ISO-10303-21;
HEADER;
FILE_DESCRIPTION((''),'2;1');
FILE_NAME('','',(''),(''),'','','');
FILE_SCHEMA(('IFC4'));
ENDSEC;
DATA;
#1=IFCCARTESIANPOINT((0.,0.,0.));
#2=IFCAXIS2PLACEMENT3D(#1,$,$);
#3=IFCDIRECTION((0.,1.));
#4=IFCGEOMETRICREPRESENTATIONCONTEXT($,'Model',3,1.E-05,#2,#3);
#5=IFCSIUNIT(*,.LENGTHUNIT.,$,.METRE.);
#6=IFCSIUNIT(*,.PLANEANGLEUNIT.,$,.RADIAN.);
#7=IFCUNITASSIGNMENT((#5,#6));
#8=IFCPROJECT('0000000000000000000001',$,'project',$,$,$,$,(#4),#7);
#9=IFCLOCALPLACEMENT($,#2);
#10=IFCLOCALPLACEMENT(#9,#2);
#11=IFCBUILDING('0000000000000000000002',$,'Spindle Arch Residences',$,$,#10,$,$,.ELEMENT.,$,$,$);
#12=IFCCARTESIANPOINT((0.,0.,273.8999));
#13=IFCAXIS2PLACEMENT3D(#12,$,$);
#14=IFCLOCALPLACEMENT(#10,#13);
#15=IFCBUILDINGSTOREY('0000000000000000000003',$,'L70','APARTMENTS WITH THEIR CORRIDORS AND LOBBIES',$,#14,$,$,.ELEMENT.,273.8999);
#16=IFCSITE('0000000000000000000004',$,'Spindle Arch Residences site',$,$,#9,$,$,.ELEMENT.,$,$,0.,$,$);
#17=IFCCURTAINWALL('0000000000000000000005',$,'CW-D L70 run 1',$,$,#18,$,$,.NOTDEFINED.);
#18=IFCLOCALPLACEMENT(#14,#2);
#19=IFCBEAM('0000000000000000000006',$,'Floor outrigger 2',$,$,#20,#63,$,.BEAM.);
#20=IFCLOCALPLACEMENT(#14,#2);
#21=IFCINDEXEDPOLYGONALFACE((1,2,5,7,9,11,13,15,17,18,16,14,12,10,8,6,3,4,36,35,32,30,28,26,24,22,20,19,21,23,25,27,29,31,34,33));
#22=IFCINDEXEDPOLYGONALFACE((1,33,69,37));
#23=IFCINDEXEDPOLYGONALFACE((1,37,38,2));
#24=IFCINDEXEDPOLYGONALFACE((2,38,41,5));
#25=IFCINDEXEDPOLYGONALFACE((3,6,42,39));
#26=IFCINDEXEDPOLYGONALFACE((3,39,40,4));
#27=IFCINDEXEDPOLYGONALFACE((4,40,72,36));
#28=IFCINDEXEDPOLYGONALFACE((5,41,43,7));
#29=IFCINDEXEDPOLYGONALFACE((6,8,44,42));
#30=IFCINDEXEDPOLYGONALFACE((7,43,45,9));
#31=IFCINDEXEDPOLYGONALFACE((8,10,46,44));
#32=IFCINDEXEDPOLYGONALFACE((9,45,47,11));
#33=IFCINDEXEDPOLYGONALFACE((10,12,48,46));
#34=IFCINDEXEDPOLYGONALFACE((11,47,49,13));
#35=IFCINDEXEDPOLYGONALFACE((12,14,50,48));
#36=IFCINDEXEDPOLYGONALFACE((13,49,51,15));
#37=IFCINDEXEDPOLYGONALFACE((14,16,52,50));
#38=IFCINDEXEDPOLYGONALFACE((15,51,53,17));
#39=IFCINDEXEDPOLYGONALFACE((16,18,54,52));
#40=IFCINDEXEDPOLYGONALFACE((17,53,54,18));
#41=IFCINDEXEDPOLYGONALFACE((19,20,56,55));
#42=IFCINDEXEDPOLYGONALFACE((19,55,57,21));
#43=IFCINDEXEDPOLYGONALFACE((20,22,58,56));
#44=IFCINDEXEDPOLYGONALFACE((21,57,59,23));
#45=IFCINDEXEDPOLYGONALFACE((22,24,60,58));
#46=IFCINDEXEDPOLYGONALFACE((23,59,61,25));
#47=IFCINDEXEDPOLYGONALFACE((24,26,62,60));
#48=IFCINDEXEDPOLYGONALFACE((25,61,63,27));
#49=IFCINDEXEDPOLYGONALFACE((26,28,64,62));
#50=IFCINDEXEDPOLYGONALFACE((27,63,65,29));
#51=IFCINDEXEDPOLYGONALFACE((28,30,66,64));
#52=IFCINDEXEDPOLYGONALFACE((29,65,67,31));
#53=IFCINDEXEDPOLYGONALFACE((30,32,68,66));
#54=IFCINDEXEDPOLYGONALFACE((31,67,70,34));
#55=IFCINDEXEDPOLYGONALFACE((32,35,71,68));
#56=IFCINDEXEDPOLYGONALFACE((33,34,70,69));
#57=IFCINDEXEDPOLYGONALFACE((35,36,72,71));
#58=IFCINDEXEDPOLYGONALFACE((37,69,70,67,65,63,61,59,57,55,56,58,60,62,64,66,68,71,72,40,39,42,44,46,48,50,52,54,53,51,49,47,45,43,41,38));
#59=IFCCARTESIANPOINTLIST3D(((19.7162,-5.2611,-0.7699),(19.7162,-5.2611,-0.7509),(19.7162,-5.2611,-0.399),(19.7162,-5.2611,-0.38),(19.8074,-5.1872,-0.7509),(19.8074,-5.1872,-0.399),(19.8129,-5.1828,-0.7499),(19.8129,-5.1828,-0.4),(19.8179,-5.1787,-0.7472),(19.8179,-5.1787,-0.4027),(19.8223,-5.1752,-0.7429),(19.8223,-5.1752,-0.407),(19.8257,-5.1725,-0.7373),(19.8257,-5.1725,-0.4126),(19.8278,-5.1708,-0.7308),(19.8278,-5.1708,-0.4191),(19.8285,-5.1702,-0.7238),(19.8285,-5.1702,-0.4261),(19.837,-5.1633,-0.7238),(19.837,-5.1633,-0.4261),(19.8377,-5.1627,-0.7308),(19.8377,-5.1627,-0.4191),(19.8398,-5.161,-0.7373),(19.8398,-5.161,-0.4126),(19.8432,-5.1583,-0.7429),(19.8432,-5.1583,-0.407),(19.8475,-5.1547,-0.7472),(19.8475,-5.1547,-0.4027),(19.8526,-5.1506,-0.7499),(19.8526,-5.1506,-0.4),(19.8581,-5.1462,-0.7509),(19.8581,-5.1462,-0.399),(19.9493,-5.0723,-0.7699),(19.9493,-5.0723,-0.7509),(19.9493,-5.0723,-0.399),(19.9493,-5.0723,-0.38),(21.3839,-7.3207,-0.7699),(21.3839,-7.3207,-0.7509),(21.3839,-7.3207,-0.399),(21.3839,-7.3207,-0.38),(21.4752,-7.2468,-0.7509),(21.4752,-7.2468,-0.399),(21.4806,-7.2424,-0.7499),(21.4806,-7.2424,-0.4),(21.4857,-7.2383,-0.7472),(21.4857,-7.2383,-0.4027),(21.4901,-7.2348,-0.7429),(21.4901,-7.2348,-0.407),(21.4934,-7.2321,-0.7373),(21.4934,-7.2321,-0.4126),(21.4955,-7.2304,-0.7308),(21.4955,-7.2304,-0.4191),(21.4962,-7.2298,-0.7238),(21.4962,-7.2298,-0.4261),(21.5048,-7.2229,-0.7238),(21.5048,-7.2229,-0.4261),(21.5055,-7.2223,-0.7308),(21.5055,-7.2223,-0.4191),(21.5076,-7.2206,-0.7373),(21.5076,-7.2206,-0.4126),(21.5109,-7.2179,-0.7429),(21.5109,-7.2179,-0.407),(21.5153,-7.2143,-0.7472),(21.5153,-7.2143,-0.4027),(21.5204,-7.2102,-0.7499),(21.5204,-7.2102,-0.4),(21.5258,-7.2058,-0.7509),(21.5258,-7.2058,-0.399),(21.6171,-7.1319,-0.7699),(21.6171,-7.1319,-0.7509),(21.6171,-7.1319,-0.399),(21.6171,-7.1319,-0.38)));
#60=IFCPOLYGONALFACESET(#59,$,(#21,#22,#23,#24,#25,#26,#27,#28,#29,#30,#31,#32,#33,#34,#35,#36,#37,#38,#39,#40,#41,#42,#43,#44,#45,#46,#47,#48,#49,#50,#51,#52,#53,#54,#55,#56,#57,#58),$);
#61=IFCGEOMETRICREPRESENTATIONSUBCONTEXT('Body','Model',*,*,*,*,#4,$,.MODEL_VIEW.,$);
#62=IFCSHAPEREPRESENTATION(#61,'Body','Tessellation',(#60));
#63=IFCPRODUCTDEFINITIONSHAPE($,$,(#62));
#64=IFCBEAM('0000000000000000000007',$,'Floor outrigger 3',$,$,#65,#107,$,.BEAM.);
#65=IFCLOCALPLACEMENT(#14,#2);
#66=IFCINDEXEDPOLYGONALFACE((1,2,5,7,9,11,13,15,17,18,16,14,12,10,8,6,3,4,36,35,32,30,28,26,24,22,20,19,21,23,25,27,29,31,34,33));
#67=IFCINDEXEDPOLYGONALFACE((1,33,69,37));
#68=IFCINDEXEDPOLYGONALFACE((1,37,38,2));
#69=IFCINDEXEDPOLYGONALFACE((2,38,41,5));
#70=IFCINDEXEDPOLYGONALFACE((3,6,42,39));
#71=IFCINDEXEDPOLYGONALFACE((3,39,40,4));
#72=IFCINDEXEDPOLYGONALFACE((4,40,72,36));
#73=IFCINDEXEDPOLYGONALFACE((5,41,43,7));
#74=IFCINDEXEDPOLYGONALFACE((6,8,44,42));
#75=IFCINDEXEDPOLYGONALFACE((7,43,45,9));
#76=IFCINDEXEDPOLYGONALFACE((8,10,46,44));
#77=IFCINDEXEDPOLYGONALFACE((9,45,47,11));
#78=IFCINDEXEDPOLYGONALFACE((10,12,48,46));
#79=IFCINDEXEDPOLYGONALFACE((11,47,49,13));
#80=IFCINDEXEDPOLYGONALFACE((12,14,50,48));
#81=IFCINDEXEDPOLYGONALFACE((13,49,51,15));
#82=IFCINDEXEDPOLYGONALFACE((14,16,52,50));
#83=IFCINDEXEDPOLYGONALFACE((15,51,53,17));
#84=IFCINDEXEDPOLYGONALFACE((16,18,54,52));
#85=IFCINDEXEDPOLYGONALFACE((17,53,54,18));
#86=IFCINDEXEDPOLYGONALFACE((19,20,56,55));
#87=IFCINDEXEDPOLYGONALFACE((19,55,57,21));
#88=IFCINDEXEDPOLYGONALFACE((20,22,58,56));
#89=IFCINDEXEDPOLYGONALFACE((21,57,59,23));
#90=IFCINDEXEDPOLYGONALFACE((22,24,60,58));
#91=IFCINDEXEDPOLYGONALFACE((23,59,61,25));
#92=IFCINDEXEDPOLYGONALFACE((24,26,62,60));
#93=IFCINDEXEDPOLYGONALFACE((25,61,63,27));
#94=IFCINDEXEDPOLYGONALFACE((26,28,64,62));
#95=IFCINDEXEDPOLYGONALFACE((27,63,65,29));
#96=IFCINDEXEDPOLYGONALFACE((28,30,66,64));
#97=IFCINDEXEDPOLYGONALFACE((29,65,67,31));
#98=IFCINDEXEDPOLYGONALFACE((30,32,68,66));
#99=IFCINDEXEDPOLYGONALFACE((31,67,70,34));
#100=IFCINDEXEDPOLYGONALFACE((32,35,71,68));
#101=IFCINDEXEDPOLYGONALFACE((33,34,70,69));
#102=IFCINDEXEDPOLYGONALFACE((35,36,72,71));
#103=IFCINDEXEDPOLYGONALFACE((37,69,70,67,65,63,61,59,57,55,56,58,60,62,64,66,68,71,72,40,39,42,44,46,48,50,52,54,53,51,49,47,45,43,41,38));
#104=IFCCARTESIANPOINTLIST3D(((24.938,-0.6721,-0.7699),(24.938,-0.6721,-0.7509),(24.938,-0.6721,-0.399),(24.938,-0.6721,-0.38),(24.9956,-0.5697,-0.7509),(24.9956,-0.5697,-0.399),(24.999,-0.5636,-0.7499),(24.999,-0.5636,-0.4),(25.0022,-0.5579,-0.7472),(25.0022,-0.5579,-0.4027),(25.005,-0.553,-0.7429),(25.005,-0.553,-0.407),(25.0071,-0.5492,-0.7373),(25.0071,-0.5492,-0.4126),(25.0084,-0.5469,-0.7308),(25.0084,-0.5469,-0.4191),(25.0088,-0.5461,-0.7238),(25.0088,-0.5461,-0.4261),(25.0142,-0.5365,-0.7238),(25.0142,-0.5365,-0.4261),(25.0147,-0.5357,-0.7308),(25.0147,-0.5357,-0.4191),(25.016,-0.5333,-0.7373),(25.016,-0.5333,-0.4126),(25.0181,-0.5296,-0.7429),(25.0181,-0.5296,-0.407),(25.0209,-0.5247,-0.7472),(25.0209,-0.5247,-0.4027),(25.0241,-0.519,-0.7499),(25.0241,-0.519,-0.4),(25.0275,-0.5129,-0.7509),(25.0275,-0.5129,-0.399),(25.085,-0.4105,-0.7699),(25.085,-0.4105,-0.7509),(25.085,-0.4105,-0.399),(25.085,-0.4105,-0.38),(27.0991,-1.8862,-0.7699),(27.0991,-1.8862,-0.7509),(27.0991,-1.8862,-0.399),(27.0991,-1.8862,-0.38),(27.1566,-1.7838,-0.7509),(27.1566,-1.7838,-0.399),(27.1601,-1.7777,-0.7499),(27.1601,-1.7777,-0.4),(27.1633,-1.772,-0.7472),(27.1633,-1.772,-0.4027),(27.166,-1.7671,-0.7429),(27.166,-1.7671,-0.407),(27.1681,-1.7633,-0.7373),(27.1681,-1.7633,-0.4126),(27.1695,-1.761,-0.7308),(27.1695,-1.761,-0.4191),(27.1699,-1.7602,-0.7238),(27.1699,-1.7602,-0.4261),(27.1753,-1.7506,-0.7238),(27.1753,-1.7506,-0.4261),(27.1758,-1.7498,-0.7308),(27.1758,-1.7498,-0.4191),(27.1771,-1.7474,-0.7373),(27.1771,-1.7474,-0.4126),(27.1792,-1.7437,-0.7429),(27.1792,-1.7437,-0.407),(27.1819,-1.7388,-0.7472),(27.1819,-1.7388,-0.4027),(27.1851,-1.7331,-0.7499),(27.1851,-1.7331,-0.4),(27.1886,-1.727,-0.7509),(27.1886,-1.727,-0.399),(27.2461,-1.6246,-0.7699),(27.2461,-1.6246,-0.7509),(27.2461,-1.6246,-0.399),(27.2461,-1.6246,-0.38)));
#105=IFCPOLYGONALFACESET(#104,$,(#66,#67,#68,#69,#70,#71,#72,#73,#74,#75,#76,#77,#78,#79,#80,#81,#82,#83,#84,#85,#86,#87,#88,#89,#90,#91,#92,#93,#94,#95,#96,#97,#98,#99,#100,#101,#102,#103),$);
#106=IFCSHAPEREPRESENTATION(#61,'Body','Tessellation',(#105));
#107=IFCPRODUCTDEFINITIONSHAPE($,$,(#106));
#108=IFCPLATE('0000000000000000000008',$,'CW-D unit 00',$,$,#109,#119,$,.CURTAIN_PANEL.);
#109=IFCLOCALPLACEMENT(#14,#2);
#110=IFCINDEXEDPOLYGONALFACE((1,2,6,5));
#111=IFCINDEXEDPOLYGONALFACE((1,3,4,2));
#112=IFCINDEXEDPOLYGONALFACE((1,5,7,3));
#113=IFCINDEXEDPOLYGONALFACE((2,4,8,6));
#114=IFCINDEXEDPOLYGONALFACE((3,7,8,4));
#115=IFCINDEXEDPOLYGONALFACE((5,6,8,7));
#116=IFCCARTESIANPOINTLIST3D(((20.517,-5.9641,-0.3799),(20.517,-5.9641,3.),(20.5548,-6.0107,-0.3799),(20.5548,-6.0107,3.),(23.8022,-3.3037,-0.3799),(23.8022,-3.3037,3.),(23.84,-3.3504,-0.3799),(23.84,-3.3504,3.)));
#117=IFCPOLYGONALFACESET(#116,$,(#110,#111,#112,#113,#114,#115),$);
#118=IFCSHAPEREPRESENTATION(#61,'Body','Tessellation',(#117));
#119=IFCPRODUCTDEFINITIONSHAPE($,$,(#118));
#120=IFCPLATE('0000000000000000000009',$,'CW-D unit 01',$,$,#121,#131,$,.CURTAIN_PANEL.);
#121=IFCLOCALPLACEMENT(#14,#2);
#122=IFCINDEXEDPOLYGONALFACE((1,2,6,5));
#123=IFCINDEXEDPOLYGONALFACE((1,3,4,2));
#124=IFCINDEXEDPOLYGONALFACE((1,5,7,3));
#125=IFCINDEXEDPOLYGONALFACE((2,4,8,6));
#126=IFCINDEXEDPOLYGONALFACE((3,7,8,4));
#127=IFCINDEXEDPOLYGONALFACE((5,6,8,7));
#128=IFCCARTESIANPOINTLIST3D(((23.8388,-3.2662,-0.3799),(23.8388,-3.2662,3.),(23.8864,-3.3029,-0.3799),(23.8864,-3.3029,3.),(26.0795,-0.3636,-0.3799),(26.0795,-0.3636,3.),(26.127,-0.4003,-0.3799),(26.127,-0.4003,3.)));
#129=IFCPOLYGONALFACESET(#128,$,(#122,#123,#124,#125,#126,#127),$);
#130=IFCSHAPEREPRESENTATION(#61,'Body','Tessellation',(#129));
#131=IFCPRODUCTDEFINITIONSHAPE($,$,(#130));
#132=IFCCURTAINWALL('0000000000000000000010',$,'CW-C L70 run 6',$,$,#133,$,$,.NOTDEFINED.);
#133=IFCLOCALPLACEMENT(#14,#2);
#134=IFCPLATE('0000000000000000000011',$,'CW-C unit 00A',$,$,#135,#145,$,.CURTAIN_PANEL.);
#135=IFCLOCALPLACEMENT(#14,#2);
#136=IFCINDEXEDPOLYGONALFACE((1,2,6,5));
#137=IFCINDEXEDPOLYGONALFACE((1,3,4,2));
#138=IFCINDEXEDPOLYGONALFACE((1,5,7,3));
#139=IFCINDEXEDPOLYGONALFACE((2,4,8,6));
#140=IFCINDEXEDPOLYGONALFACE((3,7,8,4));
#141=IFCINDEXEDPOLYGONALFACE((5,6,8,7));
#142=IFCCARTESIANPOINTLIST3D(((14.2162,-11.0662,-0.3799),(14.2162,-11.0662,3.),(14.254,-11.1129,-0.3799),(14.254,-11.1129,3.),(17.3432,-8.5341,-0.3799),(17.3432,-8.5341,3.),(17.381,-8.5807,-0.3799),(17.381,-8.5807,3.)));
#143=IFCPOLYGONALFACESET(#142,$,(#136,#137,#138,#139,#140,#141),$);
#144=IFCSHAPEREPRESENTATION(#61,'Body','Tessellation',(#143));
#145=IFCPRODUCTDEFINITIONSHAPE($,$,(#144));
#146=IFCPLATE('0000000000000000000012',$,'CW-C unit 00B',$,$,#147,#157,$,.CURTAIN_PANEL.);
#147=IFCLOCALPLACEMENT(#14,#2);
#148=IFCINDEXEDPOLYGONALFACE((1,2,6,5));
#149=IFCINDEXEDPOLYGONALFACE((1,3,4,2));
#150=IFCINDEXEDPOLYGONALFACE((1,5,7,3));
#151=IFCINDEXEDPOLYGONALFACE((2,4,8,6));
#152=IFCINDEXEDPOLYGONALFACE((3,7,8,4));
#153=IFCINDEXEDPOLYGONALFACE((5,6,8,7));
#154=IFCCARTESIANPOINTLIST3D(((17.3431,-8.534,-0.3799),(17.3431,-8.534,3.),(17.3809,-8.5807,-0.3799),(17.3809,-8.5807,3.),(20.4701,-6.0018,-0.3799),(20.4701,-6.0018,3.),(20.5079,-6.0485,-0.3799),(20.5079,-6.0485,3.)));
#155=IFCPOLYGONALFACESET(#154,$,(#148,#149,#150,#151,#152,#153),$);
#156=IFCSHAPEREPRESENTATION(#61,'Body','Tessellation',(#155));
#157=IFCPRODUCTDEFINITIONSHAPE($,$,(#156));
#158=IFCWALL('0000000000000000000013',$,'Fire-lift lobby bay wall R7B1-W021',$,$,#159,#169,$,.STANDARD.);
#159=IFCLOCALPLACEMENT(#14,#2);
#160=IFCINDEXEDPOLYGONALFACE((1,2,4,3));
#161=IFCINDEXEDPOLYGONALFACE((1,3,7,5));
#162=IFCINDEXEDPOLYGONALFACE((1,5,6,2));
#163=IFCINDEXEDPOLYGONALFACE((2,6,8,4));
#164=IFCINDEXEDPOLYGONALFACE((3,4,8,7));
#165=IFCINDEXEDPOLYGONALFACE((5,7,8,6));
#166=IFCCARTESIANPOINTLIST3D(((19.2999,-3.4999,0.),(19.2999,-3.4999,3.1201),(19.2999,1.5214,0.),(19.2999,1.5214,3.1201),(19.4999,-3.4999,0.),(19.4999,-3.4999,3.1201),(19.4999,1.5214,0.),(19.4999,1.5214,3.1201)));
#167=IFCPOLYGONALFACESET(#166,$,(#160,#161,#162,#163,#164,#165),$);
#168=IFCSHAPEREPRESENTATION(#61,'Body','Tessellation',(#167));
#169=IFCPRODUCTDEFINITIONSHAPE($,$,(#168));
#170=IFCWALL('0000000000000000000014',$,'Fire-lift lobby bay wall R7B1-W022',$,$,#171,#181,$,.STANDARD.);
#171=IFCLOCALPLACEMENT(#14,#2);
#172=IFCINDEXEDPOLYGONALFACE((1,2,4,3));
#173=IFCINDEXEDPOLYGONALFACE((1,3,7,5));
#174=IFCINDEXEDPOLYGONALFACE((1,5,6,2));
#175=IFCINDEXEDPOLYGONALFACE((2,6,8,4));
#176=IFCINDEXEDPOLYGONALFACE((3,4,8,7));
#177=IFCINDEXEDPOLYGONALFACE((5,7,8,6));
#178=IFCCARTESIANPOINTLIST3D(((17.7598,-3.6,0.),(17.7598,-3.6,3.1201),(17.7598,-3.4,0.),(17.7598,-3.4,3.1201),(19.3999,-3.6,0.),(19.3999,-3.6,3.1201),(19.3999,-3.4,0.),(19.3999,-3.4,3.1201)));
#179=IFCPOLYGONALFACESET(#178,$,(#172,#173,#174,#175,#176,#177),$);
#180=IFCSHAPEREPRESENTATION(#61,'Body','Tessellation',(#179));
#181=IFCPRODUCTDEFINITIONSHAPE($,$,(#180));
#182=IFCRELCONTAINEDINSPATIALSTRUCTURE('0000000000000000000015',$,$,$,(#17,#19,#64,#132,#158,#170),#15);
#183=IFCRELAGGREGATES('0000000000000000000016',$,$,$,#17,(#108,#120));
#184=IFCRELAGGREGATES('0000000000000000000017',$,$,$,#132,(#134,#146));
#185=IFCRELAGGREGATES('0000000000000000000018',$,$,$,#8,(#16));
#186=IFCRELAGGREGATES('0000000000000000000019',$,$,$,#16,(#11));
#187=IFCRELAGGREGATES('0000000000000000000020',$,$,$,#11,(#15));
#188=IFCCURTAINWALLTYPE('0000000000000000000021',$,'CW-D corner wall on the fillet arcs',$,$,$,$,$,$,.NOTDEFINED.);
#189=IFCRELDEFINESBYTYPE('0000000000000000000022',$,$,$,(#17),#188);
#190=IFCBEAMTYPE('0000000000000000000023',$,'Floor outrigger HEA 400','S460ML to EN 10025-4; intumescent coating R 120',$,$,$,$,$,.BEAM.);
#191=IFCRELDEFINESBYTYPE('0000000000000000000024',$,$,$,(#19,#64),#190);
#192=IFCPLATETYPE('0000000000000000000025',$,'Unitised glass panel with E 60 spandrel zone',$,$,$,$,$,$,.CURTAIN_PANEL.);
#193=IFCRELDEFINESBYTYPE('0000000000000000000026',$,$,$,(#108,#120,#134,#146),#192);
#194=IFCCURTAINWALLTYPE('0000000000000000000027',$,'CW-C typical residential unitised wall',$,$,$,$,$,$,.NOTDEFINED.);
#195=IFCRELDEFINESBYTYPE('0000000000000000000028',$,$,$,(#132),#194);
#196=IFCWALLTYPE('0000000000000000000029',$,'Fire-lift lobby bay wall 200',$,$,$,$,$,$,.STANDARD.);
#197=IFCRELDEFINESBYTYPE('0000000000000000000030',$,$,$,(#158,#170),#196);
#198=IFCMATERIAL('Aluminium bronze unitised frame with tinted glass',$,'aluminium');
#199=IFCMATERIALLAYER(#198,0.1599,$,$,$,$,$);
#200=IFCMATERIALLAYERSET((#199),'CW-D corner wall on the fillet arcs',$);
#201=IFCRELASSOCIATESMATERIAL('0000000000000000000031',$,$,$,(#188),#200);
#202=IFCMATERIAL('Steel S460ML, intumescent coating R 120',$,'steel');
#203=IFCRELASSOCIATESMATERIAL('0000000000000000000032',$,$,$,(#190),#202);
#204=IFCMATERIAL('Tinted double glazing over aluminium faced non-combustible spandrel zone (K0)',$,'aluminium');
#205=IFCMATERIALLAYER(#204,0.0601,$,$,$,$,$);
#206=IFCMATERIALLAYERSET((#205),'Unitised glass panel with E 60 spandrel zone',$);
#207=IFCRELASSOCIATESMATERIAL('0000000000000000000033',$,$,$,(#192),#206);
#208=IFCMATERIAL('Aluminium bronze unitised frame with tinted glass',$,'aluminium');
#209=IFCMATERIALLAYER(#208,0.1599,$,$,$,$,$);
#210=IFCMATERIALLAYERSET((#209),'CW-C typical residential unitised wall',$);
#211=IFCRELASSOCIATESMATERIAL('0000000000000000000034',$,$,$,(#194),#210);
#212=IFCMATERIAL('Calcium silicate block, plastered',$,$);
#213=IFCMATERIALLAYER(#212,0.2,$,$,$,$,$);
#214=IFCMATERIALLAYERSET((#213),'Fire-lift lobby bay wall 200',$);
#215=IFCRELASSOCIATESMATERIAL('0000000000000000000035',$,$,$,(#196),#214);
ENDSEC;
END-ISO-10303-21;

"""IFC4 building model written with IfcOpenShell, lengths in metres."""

from ifc_helpers import new_model, si_unit, direction, frame, frame_2d, origin, origin_2d, place, context, subcontext, project, spatial, rectangle, i_section, extrude, material, layer, layer_set, material_profile, profile_set, type_object, element, aggregate, save


model = new_model("IFC4")

# Units and contexts
model_context = context("Model", 3, precision=1e-05, world=origin(), true_north=direction((0.0, 1.0)))
body_context = subcontext(model_context, "Body", "Model", "MODEL_VIEW")
ifc_project = project(units=[si_unit("LENGTHUNIT", "METRE"), si_unit("PLANEANGLEUNIT", "RADIAN")], contexts=[model_context])

# Site, building, storey
site_placement = place(None, origin())
site = spatial("IfcSite", under=ifc_project, at=site_placement, Name="Spindle Arch Residences site", CompositionType="ELEMENT", RefElevation=0.0)
building_placement = place(site_placement, origin())
building = spatial("IfcBuilding", under=site, at=building_placement, Name="Spindle Arch Residences", CompositionType="ELEMENT")
storey_placement = place(building_placement, frame((0.0, 0.0, 273.8999)))
storey = spatial("IfcBuildingStorey", under=building, at=storey_placement, Name="L70", Description="APARTMENTS WITH THEIR CORRIDORS AND LOBBIES", CompositionType="ELEMENT", Elevation=273.8999)

# Curtain wall
ifc_material_1 = material(Name="Aluminium bronze unitised frame with tinted glass", Category="aluminium")
ifc_layer_1 = layer(ifc_material_1, 0.1599)
ifc_layer_set_1 = layer_set([ifc_layer_1], Name="CW-D corner wall on the fillet arcs")
curtain_wall_type_1 = type_object("IfcCurtainWallType", Name="CW-D corner wall on the fillet arcs", PredefinedType="NOTDEFINED", material=ifc_layer_set_1)
curtain_wall_1_placement = place(storey_placement, origin())
curtain_wall_1 = element("IfcCurtainWall", 1, at=curtain_wall_1_placement, inside=storey, type_object=curtain_wall_type_1, Name="CW-D L70 run 1", PredefinedType="NOTDEFINED")

# Beams
ifc_material_2 = material(Name="Steel S460ML, intumescent coating R 120", Category="steel")
ifc_material_profile_1 = material_profile(ifc_material_2, i_section(OverallWidth=0.3, OverallDepth=0.3899, WebThickness=0.011, FlangeThickness=0.019, FilletRadius=0.0271, at=origin_2d()), Name="HEA 400")
ifc_profile_set_1 = profile_set([ifc_material_profile_1], Name="Steel S460ML, intumescent coating R 120")
beam_type_1 = type_object("IfcBeamType", Name="Floor outrigger HEA 400", Description="S460ML to EN 10025-4; intumescent coating R 120", PredefinedType="BEAM", material=ifc_profile_set_1)
beam_1_placement = place(storey_placement, frame((21.5005, -7.2263, -0.575), z_axis=(-0.629302, 0.777161, 0.0), x_axis=(-0.777161, -0.629302, 0.0)))
element("IfcBeam", 2, at=beam_1_placement, inside=storey, type_object=beam_type_1, Name="Floor outrigger 2", PredefinedType="BEAM", context=body_context, shape_type="SweptSolid", body=[
    extrude(i_section(OverallWidth=0.3, OverallDepth=0.3899, WebThickness=0.011, FlangeThickness=0.019, FilletRadius=0.0271, at=origin_2d()), origin(), (0.0, 0.0, 1.0), 2.6501),
])
beam_2_placement = place(storey_placement, frame((27.1726, -1.7554, -0.575), z_axis=(-0.871838, 0.489794, 0.0), x_axis=(-0.489794, -0.871838, 0.0)))
element("IfcBeam", 3, at=beam_2_placement, inside=storey, type_object=beam_type_1, Name="Floor outrigger 3", PredefinedType="BEAM", context=body_context, shape_type="SweptSolid", body=[
    extrude(i_section(OverallWidth=0.3, OverallDepth=0.3899, WebThickness=0.011, FlangeThickness=0.019, FilletRadius=0.0271, at=origin_2d()), origin(), (0.0, 0.0, 1.0), 2.4788),
])

# Plates
ifc_material_3 = material(Name="Tinted double glazing over aluminium faced non-combustible spandrel zone (K0)", Category="aluminium")
ifc_layer_2 = layer(ifc_material_3, 0.0601)
ifc_layer_set_2 = layer_set([ifc_layer_2], Name="Unitised glass panel with E 60 spandrel zone")
plate_type = type_object("IfcPlateType", Name="Unitised glass panel with E 60 spandrel zone", PredefinedType="CURTAIN_PANEL", material=ifc_layer_set_2)
plate_1_placement = place(storey_placement, frame((22.1785, -4.6572, -0.3799), z_axis=(0.0, 0.0, 1.0), x_axis=(0.777146, 0.62932, 0.0)))
plate_1 = element("IfcPlate", 4, at=plate_1_placement, type_object=plate_type, Name="CW-D unit 00", PredefinedType="CURTAIN_PANEL", context=body_context, shape_type="SweptSolid", body=[
    extrude(rectangle(XDim=4.2273, YDim=0.0601, at=origin_2d()), origin(), (0.0, 0.0, 1.0), 3.3799),
])
plate_2_placement = place(storey_placement, frame((24.9829, -1.8333, -0.3799), z_axis=(0.0, 0.0, 1.0), x_axis=(0.611067, 0.791579, 0.0)))
plate_2 = element("IfcPlate", 5, at=plate_2_placement, type_object=plate_type, Name="CW-D unit 01", PredefinedType="CURTAIN_PANEL", context=body_context, shape_type="SweptSolid", body=[
    extrude(rectangle(XDim=3.6667, YDim=0.0601, at=origin_2d()), origin(), (0.0, 0.0, 1.0), 3.3799),
])
aggregate(curtain_wall_1, [plate_1, plate_2])

# Curtain wall, plates
ifc_material_4 = material(Name="Aluminium bronze unitised frame with tinted glass", Category="aluminium")
ifc_layer_3 = layer(ifc_material_4, 0.1599)
ifc_layer_set_3 = layer_set([ifc_layer_3], Name="CW-C typical residential unitised wall")
curtain_wall_type_2 = type_object("IfcCurtainWallType", Name="CW-C typical residential unitised wall", PredefinedType="NOTDEFINED", material=ifc_layer_set_3)
curtain_wall_2_placement = place(storey_placement, origin())
curtain_wall_2 = element("IfcCurtainWall", 6, at=curtain_wall_2_placement, inside=storey, type_object=curtain_wall_type_2, Name="CW-C L70 run 6", PredefinedType="NOTDEFINED")
plate_3_placement = place(storey_placement, frame((15.7986, -9.8235, -0.3799), z_axis=(0.0, 0.0, 1.0), x_axis=(0.777146, 0.62932, 0.0)))
plate_3 = element("IfcPlate", 7, at=plate_3_placement, type_object=plate_type, Name="CW-C unit 00A", PredefinedType="CURTAIN_PANEL", context=body_context, shape_type="SweptSolid", body=[
    extrude(rectangle(XDim=4.0237, YDim=0.0601, at=origin_2d()), origin(), (0.0, 0.0, 1.0), 3.3799),
])
plate_4_placement = place(storey_placement, frame((18.9255, -7.2913, -0.3799), z_axis=(0.0, 0.0, 1.0), x_axis=(0.777146, 0.62932, 0.0)))
plate_4 = element("IfcPlate", 8, at=plate_4_placement, type_object=plate_type, Name="CW-C unit 00B", PredefinedType="CURTAIN_PANEL", context=body_context, shape_type="SweptSolid", body=[
    extrude(rectangle(XDim=4.0237, YDim=0.0601, at=origin_2d()), origin(), (0.0, 0.0, 1.0), 3.3799),
])
aggregate(curtain_wall_2, [plate_3, plate_4])

# Walls
ifc_material_5 = material(Name="Calcium silicate block, plastered")
ifc_layer_4 = layer(ifc_material_5, 0.2)
ifc_layer_set_4 = layer_set([ifc_layer_4], Name="Fire-lift lobby bay wall 200")
wall_type_1 = type_object("IfcWallType", Name="Fire-lift lobby bay wall 200", PredefinedType="STANDARD", material=ifc_layer_set_4)
wall_1_placement = place(storey_placement, frame((19.3999, -3.5, 0.0), z_axis=(0.0, 0.0, 1.0), x_axis=(0.0, 1.0, 0.0)))
element("IfcWall", 9, at=wall_1_placement, inside=storey, type_object=wall_type_1, Name="Fire-lift lobby bay wall R7B1-W021", PredefinedType="STANDARD", context=body_context, shape_type="SweptSolid", body=[
    extrude(rectangle(XDim=5.0212, YDim=0.2, at=frame_2d((2.5107, 0.0))), origin(), (0.0, 0.0, 1.0), 3.1201),
])
wall_2_placement = place(storey_placement, frame((17.7598, -3.5, 0.0), z_axis=(0.0, 0.0, 1.0), x_axis=(1.0, 0.0, 0.0)))
element("IfcWall", 10, at=wall_2_placement, inside=storey, type_object=wall_type_1, Name="Fire-lift lobby bay wall R7B1-W022", PredefinedType="STANDARD", context=body_context, shape_type="SweptSolid", body=[
    extrude(rectangle(XDim=1.6401, YDim=0.2, at=frame_2d((0.8201, 0.0))), origin(), (0.0, 0.0, 1.0), 3.1201),
])

save(model, "model.ifc")
